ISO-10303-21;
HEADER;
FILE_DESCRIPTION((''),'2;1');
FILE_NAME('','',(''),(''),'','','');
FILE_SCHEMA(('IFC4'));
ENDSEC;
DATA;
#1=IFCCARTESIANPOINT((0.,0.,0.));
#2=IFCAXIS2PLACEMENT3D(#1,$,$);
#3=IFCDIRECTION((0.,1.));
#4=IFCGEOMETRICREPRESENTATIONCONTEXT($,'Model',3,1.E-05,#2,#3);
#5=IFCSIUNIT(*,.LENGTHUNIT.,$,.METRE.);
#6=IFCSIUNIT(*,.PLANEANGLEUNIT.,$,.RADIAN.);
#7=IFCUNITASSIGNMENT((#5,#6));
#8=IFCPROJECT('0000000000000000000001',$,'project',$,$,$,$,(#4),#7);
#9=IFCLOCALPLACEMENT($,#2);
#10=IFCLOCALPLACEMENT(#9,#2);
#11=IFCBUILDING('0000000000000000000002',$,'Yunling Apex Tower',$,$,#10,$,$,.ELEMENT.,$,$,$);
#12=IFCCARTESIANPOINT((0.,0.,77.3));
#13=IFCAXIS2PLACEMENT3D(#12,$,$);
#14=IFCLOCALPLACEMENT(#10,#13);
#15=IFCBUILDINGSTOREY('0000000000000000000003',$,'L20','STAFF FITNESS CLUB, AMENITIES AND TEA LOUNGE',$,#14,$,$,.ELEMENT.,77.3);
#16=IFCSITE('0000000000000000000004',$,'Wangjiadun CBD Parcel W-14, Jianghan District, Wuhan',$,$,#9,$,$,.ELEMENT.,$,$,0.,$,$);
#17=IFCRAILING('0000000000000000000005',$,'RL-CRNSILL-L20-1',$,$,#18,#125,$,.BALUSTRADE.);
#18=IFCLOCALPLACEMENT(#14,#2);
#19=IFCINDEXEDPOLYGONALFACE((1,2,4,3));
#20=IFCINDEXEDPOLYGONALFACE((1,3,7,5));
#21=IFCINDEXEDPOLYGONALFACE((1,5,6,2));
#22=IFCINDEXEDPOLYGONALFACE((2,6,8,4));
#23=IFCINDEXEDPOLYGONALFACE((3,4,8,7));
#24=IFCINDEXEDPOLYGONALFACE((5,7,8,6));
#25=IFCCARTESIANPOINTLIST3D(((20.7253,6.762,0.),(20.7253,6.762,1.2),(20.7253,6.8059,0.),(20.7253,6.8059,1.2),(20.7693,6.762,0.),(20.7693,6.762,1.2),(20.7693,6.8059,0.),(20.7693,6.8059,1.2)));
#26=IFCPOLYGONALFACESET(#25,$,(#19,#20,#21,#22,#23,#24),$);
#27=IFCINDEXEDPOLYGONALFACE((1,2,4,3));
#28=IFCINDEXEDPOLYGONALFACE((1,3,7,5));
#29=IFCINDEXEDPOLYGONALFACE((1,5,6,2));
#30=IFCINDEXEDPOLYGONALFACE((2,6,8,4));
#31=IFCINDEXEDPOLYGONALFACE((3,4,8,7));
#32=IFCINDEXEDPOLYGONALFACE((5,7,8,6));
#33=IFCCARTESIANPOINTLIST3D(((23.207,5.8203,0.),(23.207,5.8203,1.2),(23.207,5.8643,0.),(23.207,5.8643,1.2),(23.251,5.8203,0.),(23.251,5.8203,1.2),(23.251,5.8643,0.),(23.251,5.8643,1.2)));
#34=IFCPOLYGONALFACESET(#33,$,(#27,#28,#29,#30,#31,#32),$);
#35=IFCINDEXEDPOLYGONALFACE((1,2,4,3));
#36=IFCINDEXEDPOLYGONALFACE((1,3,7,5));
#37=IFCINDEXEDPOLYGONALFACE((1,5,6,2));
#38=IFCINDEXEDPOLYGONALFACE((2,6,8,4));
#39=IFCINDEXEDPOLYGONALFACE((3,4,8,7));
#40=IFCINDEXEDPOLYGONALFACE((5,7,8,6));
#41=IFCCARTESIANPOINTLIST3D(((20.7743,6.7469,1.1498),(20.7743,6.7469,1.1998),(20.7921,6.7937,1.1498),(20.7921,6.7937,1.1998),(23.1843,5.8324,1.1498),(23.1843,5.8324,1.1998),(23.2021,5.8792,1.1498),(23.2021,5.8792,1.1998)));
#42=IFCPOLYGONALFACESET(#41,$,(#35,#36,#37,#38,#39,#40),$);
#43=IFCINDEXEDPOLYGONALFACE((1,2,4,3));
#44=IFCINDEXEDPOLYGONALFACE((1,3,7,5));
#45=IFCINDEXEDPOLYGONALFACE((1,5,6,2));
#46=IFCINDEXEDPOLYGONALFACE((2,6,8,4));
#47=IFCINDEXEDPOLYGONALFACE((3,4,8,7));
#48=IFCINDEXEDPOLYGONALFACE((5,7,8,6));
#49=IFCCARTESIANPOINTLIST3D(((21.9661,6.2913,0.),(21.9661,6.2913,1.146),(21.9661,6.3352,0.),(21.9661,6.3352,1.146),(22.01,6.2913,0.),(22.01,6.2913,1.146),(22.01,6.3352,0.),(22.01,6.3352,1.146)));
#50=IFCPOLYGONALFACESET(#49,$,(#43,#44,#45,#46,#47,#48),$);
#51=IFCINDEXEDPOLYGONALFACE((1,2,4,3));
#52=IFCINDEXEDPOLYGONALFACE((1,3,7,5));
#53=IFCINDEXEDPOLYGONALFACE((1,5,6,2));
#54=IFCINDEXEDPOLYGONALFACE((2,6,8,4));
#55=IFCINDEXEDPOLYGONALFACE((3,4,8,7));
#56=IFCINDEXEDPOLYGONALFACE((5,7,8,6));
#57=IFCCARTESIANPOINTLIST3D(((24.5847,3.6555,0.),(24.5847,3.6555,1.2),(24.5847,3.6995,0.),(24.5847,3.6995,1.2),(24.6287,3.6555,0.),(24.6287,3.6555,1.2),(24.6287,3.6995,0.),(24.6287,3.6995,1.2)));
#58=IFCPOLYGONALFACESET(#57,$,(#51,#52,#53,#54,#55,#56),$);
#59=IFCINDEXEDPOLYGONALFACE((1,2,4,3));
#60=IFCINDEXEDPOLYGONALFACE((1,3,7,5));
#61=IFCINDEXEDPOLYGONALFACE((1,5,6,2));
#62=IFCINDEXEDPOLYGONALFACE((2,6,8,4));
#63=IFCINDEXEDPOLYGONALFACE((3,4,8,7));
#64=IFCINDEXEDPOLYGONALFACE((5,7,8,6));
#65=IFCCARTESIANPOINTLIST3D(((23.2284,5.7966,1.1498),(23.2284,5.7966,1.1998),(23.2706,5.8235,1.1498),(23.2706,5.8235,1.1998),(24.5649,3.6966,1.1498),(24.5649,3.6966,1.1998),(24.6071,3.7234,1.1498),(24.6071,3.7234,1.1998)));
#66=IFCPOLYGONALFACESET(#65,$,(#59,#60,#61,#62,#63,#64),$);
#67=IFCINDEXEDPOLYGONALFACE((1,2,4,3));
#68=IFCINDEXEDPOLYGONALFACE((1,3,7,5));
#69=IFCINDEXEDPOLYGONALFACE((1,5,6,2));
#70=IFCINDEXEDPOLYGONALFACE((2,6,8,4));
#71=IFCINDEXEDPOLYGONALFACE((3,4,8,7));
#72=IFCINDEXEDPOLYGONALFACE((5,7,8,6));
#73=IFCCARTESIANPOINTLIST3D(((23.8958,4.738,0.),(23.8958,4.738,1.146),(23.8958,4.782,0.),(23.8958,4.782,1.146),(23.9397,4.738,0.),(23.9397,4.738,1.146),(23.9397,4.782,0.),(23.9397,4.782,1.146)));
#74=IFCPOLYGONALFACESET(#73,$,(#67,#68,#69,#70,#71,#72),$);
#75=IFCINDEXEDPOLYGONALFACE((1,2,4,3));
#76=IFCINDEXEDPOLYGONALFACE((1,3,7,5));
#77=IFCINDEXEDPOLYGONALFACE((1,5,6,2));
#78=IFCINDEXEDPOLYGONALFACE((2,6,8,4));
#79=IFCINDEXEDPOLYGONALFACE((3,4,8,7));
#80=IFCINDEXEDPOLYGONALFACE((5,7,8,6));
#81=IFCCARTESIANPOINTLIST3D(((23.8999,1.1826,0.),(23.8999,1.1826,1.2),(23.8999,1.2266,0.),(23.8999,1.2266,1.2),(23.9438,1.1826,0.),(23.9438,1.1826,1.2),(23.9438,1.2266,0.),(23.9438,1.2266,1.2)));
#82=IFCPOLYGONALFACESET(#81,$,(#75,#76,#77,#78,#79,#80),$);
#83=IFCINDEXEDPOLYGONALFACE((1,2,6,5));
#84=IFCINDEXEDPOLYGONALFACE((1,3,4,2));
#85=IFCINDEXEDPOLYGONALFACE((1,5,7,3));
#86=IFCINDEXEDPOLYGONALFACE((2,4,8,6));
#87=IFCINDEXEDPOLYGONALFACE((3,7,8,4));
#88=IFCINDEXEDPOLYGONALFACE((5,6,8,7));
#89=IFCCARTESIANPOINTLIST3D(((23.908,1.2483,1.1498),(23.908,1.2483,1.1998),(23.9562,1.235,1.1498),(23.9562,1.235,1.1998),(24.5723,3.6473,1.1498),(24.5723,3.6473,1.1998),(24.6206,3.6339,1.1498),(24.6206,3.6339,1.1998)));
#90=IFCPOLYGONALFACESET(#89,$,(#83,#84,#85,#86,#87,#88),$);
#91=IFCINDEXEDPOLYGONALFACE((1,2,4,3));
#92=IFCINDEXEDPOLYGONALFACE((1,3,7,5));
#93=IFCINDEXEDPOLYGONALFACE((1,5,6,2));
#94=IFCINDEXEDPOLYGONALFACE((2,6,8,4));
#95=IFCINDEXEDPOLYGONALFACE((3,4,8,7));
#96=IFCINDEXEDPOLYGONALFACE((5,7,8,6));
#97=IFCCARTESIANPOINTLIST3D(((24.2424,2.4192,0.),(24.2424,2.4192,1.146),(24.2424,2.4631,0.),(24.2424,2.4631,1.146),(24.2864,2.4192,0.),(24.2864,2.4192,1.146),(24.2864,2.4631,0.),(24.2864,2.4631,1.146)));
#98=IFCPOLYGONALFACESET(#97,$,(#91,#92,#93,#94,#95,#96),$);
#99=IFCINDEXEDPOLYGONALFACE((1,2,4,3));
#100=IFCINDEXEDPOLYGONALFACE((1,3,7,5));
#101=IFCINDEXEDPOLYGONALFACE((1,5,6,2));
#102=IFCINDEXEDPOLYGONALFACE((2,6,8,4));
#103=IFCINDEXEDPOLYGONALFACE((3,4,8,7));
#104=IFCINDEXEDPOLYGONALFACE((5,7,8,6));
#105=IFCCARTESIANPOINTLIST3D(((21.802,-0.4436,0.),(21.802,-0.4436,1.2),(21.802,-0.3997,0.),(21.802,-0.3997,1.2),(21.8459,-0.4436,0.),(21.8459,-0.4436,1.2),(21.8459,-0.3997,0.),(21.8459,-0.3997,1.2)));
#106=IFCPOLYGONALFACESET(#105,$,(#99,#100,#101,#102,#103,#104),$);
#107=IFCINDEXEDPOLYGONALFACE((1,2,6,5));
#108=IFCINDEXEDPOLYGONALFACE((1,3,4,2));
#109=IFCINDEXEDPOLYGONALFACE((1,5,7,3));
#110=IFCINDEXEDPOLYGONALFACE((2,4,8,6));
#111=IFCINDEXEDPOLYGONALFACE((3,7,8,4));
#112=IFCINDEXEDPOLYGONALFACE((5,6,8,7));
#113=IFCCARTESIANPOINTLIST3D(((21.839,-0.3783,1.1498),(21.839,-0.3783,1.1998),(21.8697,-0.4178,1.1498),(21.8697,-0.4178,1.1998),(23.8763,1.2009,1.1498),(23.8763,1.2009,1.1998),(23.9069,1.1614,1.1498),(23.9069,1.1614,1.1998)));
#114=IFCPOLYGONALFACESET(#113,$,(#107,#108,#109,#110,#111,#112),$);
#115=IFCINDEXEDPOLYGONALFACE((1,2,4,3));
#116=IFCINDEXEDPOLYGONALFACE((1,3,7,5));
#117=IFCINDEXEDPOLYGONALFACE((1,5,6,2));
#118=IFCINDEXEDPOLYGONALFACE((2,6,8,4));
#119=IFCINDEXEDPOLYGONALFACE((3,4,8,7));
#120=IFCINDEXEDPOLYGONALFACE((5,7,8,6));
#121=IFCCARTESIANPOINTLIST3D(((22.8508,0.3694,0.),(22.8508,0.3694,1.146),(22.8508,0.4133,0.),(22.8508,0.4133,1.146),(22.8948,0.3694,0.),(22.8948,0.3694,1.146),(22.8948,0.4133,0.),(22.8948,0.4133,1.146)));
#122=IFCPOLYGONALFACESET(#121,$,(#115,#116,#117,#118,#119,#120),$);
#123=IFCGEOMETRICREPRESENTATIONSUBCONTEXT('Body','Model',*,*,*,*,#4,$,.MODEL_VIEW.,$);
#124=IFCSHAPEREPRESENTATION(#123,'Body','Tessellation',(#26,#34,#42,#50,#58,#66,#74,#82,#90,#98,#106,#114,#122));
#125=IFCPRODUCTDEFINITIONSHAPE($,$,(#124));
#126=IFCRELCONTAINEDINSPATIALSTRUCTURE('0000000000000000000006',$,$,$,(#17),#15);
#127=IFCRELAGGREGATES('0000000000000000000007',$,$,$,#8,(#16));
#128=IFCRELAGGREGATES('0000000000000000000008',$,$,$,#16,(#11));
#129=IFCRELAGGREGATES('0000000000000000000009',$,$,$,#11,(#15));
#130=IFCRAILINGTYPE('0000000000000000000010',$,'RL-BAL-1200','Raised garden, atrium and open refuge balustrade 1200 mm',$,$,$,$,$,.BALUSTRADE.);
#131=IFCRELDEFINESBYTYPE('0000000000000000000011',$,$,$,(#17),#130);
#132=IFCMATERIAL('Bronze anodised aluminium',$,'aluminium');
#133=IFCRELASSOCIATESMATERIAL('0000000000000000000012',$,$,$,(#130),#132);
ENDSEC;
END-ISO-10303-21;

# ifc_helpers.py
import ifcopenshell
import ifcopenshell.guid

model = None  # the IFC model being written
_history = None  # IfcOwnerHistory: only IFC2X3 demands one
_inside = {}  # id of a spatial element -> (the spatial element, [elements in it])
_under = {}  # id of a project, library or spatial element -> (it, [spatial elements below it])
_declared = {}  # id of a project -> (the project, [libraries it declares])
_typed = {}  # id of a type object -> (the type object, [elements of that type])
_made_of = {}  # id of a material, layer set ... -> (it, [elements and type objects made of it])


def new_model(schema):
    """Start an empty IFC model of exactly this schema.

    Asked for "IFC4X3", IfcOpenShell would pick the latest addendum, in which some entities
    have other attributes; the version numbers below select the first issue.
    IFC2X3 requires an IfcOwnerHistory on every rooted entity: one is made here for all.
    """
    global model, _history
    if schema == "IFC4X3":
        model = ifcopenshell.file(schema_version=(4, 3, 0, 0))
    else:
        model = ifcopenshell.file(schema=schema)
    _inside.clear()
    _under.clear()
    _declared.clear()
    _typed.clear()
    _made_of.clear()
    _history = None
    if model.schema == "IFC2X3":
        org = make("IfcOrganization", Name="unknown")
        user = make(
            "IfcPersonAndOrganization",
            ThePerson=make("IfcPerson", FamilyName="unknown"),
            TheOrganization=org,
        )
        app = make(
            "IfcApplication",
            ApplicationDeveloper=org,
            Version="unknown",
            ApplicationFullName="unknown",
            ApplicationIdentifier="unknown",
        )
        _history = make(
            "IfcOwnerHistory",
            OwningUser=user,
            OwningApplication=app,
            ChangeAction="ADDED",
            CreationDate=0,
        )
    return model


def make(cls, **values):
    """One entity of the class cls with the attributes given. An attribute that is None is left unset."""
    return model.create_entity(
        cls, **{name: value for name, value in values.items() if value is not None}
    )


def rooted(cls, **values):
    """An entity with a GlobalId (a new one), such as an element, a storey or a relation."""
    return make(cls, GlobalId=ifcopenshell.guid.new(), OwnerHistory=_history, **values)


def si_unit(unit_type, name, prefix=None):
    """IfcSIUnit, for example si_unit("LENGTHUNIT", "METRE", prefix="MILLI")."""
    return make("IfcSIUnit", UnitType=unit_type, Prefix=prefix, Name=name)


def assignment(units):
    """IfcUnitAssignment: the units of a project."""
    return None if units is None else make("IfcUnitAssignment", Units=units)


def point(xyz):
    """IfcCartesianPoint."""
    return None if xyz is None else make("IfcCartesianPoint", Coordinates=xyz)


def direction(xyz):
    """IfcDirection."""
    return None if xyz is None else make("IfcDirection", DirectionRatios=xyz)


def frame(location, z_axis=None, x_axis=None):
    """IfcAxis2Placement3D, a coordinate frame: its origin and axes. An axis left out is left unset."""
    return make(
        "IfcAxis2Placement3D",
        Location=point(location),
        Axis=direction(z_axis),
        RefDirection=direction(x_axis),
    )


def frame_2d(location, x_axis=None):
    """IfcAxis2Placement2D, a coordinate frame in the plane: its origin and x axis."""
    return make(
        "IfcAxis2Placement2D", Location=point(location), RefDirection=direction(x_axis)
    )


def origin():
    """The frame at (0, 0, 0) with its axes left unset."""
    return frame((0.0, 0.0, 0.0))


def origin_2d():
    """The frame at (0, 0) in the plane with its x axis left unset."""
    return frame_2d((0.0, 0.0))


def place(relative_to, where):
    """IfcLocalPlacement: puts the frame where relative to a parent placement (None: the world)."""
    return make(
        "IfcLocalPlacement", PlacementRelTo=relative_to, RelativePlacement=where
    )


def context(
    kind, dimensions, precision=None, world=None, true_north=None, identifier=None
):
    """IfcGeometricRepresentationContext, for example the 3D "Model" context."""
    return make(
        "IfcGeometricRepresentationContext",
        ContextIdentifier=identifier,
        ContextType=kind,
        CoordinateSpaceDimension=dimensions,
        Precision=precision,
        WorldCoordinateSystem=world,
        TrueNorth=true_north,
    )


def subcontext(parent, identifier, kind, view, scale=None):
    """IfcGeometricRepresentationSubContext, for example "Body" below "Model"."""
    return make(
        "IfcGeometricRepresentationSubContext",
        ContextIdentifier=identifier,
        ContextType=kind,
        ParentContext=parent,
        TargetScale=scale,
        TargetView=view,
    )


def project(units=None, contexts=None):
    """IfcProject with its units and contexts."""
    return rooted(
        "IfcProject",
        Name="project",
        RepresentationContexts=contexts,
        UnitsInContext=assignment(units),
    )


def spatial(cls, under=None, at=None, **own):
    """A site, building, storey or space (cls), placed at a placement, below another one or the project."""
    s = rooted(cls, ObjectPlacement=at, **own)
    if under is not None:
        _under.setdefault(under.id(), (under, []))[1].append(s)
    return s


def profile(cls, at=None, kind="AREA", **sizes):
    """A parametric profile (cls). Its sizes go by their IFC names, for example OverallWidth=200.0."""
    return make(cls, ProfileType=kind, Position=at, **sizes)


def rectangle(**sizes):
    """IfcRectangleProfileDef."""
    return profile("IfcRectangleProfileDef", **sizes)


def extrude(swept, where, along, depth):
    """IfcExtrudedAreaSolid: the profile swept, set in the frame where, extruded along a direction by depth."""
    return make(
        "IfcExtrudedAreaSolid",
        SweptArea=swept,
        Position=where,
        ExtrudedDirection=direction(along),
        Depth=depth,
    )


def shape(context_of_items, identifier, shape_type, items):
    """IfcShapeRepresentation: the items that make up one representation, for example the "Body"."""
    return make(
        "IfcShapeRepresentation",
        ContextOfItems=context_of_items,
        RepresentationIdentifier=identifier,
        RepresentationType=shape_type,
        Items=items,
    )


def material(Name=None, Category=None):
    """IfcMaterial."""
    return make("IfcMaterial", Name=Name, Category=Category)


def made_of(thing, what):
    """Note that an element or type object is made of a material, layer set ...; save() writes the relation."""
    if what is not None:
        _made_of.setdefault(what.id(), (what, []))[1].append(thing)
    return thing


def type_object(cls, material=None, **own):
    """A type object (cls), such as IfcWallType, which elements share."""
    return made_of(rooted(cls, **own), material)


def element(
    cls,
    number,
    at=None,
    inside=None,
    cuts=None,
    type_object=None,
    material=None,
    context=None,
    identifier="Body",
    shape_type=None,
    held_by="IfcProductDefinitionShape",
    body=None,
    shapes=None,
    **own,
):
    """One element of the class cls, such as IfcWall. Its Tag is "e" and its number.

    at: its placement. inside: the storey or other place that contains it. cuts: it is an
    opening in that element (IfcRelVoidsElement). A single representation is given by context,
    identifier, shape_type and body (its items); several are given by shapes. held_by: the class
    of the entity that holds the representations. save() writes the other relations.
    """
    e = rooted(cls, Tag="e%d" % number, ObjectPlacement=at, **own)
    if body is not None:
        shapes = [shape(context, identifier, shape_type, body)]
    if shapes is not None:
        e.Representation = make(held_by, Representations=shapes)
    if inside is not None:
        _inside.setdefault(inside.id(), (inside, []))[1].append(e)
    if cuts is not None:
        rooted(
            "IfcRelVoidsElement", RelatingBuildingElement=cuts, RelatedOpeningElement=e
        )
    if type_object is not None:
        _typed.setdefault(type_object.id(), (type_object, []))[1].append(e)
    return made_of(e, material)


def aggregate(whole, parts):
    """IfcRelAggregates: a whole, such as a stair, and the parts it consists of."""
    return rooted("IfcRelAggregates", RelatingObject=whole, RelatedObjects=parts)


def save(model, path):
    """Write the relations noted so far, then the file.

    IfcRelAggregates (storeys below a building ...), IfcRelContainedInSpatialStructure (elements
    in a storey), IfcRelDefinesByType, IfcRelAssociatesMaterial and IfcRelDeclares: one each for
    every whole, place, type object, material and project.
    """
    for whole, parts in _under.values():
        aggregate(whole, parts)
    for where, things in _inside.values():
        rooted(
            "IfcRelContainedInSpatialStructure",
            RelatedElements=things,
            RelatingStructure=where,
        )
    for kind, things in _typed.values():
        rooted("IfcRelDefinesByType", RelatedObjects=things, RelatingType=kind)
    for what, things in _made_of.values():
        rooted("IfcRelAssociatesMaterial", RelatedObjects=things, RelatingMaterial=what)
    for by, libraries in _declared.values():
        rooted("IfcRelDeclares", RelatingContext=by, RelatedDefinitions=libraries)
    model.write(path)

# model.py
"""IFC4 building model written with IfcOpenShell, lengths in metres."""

from ifc_helpers import new_model, si_unit, direction, frame, origin, origin_2d, place, context, subcontext, project, spatial, rectangle, extrude, material, type_object, element, save


model = new_model("IFC4")

# Units and contexts
model_context = context("Model", 3, precision=1e-05, world=origin(), true_north=direction((0.0, 1.0)))
body_context = subcontext(model_context, "Body", "Model", "MODEL_VIEW")
ifc_project = project(units=[si_unit("LENGTHUNIT", "METRE"), si_unit("PLANEANGLEUNIT", "RADIAN")], contexts=[model_context])

# Site, building, storey
site_placement = place(None, origin())
site = spatial("IfcSite", under=ifc_project, at=site_placement, Name="Wangjiadun CBD Parcel W-14, Jianghan District, Wuhan", CompositionType="ELEMENT", RefElevation=0.0)
building_placement = place(site_placement, origin())
building = spatial("IfcBuilding", under=site, at=building_placement, Name="Yunling Apex Tower", CompositionType="ELEMENT")
storey_placement = place(building_placement, frame((0.0, 0.0, 77.3)))
storey = spatial("IfcBuildingStorey", under=building, at=storey_placement, Name="L20", Description="STAFF FITNESS CLUB, AMENITIES AND TEA LOUNGE", CompositionType="ELEMENT", Elevation=77.3)

# Shared definitions
ifc_material_1 = material(Name="Bronze anodised aluminium", Category="aluminium")

# Railing
railing_type = type_object("IfcRailingType", Name="RL-BAL-1200", Description="Raised garden, atrium and open refuge balustrade 1200 mm", PredefinedType="BALUSTRADE", material=ifc_material_1)
railing_placement = place(storey_placement, frame((20.7473, 6.7839, 0.0)))
element("IfcRailing", 1, at=railing_placement, inside=storey, type_object=railing_type, Name="RL-CRNSILL-L20-1", PredefinedType="BALUSTRADE", context=body_context, shape_type="SweptSolid", body=[
    extrude(rectangle(XDim=0.0439, YDim=0.0439, at=origin_2d()), origin(), (0.0, 0.0, 1.0), 1.2),
    extrude(rectangle(XDim=0.0439, YDim=0.0439, at=origin_2d()), frame((2.4817, -0.9417, 0.0)), (0.0, 0.0, 1.0), 1.2),
    extrude(rectangle(XDim=0.05, YDim=0.05, at=origin_2d()), frame((0.0359, -0.0137, 1.1748), z_axis=(0.934958, -0.35476, 0.0), x_axis=(0.35476, 0.934958, 0.0)), (0.0, 0.0, 1.0), 2.5776),
    extrude(rectangle(XDim=0.0439, YDim=0.0439, at=origin_2d()), frame((1.2407, -0.4707, 0.0)), (0.0, 0.0, 1.0), 1.146),
    extrude(rectangle(XDim=0.0439, YDim=0.0439, at=origin_2d()), frame((3.8594, -3.1064, 0.0)), (0.0, 0.0, 1.0), 1.2),
    extrude(rectangle(XDim=0.05, YDim=0.05, at=origin_2d()), frame((2.5022, -0.9739, 1.1748), z_axis=(0.5369, -0.843646, 0.0), x_axis=(0.843646, 0.5369, 0.0)), (0.0, 0.0, 1.0), 2.4893),
    extrude(rectangle(XDim=0.0439, YDim=0.0439, at=origin_2d()), frame((3.1704, -2.0239, 0.0)), (0.0, 0.0, 1.0), 1.146),
    extrude(rectangle(XDim=0.0439, YDim=0.0439, at=origin_2d()), frame((3.1746, -5.5793, 0.0)), (0.0, 0.0, 1.0), 1.2),
    extrude(rectangle(XDim=0.05, YDim=0.05, at=origin_2d()), frame((3.8491, -3.1433, 1.1748), z_axis=(-0.266883, -0.963729, 0.0), x_axis=(0.963729, -0.266883, 0.0)), (0.0, 0.0, 1.0), 2.4893),
    extrude(rectangle(XDim=0.0439, YDim=0.0439, at=origin_2d()), frame((3.5171, -4.3428, 0.0)), (0.0, 0.0, 1.0), 1.146),
    extrude(rectangle(XDim=0.0439, YDim=0.0439, at=origin_2d()), frame((1.0767, -7.2056, 0.0)), (0.0, 0.0, 1.0), 1.2),
    extrude(rectangle(XDim=0.05, YDim=0.05, at=origin_2d()), frame((3.1443, -5.6028, 1.1748), z_axis=(-0.790352, -0.612654, 0.0), x_axis=(0.612654, -0.790352, 0.0)), (0.0, 0.0, 1.0), 2.5776),
    extrude(rectangle(XDim=0.0439, YDim=0.0439, at=origin_2d()), frame((2.1255, -6.3926, 0.0)), (0.0, 0.0, 1.0), 1.146),
])

save(model, "model.ifc")
